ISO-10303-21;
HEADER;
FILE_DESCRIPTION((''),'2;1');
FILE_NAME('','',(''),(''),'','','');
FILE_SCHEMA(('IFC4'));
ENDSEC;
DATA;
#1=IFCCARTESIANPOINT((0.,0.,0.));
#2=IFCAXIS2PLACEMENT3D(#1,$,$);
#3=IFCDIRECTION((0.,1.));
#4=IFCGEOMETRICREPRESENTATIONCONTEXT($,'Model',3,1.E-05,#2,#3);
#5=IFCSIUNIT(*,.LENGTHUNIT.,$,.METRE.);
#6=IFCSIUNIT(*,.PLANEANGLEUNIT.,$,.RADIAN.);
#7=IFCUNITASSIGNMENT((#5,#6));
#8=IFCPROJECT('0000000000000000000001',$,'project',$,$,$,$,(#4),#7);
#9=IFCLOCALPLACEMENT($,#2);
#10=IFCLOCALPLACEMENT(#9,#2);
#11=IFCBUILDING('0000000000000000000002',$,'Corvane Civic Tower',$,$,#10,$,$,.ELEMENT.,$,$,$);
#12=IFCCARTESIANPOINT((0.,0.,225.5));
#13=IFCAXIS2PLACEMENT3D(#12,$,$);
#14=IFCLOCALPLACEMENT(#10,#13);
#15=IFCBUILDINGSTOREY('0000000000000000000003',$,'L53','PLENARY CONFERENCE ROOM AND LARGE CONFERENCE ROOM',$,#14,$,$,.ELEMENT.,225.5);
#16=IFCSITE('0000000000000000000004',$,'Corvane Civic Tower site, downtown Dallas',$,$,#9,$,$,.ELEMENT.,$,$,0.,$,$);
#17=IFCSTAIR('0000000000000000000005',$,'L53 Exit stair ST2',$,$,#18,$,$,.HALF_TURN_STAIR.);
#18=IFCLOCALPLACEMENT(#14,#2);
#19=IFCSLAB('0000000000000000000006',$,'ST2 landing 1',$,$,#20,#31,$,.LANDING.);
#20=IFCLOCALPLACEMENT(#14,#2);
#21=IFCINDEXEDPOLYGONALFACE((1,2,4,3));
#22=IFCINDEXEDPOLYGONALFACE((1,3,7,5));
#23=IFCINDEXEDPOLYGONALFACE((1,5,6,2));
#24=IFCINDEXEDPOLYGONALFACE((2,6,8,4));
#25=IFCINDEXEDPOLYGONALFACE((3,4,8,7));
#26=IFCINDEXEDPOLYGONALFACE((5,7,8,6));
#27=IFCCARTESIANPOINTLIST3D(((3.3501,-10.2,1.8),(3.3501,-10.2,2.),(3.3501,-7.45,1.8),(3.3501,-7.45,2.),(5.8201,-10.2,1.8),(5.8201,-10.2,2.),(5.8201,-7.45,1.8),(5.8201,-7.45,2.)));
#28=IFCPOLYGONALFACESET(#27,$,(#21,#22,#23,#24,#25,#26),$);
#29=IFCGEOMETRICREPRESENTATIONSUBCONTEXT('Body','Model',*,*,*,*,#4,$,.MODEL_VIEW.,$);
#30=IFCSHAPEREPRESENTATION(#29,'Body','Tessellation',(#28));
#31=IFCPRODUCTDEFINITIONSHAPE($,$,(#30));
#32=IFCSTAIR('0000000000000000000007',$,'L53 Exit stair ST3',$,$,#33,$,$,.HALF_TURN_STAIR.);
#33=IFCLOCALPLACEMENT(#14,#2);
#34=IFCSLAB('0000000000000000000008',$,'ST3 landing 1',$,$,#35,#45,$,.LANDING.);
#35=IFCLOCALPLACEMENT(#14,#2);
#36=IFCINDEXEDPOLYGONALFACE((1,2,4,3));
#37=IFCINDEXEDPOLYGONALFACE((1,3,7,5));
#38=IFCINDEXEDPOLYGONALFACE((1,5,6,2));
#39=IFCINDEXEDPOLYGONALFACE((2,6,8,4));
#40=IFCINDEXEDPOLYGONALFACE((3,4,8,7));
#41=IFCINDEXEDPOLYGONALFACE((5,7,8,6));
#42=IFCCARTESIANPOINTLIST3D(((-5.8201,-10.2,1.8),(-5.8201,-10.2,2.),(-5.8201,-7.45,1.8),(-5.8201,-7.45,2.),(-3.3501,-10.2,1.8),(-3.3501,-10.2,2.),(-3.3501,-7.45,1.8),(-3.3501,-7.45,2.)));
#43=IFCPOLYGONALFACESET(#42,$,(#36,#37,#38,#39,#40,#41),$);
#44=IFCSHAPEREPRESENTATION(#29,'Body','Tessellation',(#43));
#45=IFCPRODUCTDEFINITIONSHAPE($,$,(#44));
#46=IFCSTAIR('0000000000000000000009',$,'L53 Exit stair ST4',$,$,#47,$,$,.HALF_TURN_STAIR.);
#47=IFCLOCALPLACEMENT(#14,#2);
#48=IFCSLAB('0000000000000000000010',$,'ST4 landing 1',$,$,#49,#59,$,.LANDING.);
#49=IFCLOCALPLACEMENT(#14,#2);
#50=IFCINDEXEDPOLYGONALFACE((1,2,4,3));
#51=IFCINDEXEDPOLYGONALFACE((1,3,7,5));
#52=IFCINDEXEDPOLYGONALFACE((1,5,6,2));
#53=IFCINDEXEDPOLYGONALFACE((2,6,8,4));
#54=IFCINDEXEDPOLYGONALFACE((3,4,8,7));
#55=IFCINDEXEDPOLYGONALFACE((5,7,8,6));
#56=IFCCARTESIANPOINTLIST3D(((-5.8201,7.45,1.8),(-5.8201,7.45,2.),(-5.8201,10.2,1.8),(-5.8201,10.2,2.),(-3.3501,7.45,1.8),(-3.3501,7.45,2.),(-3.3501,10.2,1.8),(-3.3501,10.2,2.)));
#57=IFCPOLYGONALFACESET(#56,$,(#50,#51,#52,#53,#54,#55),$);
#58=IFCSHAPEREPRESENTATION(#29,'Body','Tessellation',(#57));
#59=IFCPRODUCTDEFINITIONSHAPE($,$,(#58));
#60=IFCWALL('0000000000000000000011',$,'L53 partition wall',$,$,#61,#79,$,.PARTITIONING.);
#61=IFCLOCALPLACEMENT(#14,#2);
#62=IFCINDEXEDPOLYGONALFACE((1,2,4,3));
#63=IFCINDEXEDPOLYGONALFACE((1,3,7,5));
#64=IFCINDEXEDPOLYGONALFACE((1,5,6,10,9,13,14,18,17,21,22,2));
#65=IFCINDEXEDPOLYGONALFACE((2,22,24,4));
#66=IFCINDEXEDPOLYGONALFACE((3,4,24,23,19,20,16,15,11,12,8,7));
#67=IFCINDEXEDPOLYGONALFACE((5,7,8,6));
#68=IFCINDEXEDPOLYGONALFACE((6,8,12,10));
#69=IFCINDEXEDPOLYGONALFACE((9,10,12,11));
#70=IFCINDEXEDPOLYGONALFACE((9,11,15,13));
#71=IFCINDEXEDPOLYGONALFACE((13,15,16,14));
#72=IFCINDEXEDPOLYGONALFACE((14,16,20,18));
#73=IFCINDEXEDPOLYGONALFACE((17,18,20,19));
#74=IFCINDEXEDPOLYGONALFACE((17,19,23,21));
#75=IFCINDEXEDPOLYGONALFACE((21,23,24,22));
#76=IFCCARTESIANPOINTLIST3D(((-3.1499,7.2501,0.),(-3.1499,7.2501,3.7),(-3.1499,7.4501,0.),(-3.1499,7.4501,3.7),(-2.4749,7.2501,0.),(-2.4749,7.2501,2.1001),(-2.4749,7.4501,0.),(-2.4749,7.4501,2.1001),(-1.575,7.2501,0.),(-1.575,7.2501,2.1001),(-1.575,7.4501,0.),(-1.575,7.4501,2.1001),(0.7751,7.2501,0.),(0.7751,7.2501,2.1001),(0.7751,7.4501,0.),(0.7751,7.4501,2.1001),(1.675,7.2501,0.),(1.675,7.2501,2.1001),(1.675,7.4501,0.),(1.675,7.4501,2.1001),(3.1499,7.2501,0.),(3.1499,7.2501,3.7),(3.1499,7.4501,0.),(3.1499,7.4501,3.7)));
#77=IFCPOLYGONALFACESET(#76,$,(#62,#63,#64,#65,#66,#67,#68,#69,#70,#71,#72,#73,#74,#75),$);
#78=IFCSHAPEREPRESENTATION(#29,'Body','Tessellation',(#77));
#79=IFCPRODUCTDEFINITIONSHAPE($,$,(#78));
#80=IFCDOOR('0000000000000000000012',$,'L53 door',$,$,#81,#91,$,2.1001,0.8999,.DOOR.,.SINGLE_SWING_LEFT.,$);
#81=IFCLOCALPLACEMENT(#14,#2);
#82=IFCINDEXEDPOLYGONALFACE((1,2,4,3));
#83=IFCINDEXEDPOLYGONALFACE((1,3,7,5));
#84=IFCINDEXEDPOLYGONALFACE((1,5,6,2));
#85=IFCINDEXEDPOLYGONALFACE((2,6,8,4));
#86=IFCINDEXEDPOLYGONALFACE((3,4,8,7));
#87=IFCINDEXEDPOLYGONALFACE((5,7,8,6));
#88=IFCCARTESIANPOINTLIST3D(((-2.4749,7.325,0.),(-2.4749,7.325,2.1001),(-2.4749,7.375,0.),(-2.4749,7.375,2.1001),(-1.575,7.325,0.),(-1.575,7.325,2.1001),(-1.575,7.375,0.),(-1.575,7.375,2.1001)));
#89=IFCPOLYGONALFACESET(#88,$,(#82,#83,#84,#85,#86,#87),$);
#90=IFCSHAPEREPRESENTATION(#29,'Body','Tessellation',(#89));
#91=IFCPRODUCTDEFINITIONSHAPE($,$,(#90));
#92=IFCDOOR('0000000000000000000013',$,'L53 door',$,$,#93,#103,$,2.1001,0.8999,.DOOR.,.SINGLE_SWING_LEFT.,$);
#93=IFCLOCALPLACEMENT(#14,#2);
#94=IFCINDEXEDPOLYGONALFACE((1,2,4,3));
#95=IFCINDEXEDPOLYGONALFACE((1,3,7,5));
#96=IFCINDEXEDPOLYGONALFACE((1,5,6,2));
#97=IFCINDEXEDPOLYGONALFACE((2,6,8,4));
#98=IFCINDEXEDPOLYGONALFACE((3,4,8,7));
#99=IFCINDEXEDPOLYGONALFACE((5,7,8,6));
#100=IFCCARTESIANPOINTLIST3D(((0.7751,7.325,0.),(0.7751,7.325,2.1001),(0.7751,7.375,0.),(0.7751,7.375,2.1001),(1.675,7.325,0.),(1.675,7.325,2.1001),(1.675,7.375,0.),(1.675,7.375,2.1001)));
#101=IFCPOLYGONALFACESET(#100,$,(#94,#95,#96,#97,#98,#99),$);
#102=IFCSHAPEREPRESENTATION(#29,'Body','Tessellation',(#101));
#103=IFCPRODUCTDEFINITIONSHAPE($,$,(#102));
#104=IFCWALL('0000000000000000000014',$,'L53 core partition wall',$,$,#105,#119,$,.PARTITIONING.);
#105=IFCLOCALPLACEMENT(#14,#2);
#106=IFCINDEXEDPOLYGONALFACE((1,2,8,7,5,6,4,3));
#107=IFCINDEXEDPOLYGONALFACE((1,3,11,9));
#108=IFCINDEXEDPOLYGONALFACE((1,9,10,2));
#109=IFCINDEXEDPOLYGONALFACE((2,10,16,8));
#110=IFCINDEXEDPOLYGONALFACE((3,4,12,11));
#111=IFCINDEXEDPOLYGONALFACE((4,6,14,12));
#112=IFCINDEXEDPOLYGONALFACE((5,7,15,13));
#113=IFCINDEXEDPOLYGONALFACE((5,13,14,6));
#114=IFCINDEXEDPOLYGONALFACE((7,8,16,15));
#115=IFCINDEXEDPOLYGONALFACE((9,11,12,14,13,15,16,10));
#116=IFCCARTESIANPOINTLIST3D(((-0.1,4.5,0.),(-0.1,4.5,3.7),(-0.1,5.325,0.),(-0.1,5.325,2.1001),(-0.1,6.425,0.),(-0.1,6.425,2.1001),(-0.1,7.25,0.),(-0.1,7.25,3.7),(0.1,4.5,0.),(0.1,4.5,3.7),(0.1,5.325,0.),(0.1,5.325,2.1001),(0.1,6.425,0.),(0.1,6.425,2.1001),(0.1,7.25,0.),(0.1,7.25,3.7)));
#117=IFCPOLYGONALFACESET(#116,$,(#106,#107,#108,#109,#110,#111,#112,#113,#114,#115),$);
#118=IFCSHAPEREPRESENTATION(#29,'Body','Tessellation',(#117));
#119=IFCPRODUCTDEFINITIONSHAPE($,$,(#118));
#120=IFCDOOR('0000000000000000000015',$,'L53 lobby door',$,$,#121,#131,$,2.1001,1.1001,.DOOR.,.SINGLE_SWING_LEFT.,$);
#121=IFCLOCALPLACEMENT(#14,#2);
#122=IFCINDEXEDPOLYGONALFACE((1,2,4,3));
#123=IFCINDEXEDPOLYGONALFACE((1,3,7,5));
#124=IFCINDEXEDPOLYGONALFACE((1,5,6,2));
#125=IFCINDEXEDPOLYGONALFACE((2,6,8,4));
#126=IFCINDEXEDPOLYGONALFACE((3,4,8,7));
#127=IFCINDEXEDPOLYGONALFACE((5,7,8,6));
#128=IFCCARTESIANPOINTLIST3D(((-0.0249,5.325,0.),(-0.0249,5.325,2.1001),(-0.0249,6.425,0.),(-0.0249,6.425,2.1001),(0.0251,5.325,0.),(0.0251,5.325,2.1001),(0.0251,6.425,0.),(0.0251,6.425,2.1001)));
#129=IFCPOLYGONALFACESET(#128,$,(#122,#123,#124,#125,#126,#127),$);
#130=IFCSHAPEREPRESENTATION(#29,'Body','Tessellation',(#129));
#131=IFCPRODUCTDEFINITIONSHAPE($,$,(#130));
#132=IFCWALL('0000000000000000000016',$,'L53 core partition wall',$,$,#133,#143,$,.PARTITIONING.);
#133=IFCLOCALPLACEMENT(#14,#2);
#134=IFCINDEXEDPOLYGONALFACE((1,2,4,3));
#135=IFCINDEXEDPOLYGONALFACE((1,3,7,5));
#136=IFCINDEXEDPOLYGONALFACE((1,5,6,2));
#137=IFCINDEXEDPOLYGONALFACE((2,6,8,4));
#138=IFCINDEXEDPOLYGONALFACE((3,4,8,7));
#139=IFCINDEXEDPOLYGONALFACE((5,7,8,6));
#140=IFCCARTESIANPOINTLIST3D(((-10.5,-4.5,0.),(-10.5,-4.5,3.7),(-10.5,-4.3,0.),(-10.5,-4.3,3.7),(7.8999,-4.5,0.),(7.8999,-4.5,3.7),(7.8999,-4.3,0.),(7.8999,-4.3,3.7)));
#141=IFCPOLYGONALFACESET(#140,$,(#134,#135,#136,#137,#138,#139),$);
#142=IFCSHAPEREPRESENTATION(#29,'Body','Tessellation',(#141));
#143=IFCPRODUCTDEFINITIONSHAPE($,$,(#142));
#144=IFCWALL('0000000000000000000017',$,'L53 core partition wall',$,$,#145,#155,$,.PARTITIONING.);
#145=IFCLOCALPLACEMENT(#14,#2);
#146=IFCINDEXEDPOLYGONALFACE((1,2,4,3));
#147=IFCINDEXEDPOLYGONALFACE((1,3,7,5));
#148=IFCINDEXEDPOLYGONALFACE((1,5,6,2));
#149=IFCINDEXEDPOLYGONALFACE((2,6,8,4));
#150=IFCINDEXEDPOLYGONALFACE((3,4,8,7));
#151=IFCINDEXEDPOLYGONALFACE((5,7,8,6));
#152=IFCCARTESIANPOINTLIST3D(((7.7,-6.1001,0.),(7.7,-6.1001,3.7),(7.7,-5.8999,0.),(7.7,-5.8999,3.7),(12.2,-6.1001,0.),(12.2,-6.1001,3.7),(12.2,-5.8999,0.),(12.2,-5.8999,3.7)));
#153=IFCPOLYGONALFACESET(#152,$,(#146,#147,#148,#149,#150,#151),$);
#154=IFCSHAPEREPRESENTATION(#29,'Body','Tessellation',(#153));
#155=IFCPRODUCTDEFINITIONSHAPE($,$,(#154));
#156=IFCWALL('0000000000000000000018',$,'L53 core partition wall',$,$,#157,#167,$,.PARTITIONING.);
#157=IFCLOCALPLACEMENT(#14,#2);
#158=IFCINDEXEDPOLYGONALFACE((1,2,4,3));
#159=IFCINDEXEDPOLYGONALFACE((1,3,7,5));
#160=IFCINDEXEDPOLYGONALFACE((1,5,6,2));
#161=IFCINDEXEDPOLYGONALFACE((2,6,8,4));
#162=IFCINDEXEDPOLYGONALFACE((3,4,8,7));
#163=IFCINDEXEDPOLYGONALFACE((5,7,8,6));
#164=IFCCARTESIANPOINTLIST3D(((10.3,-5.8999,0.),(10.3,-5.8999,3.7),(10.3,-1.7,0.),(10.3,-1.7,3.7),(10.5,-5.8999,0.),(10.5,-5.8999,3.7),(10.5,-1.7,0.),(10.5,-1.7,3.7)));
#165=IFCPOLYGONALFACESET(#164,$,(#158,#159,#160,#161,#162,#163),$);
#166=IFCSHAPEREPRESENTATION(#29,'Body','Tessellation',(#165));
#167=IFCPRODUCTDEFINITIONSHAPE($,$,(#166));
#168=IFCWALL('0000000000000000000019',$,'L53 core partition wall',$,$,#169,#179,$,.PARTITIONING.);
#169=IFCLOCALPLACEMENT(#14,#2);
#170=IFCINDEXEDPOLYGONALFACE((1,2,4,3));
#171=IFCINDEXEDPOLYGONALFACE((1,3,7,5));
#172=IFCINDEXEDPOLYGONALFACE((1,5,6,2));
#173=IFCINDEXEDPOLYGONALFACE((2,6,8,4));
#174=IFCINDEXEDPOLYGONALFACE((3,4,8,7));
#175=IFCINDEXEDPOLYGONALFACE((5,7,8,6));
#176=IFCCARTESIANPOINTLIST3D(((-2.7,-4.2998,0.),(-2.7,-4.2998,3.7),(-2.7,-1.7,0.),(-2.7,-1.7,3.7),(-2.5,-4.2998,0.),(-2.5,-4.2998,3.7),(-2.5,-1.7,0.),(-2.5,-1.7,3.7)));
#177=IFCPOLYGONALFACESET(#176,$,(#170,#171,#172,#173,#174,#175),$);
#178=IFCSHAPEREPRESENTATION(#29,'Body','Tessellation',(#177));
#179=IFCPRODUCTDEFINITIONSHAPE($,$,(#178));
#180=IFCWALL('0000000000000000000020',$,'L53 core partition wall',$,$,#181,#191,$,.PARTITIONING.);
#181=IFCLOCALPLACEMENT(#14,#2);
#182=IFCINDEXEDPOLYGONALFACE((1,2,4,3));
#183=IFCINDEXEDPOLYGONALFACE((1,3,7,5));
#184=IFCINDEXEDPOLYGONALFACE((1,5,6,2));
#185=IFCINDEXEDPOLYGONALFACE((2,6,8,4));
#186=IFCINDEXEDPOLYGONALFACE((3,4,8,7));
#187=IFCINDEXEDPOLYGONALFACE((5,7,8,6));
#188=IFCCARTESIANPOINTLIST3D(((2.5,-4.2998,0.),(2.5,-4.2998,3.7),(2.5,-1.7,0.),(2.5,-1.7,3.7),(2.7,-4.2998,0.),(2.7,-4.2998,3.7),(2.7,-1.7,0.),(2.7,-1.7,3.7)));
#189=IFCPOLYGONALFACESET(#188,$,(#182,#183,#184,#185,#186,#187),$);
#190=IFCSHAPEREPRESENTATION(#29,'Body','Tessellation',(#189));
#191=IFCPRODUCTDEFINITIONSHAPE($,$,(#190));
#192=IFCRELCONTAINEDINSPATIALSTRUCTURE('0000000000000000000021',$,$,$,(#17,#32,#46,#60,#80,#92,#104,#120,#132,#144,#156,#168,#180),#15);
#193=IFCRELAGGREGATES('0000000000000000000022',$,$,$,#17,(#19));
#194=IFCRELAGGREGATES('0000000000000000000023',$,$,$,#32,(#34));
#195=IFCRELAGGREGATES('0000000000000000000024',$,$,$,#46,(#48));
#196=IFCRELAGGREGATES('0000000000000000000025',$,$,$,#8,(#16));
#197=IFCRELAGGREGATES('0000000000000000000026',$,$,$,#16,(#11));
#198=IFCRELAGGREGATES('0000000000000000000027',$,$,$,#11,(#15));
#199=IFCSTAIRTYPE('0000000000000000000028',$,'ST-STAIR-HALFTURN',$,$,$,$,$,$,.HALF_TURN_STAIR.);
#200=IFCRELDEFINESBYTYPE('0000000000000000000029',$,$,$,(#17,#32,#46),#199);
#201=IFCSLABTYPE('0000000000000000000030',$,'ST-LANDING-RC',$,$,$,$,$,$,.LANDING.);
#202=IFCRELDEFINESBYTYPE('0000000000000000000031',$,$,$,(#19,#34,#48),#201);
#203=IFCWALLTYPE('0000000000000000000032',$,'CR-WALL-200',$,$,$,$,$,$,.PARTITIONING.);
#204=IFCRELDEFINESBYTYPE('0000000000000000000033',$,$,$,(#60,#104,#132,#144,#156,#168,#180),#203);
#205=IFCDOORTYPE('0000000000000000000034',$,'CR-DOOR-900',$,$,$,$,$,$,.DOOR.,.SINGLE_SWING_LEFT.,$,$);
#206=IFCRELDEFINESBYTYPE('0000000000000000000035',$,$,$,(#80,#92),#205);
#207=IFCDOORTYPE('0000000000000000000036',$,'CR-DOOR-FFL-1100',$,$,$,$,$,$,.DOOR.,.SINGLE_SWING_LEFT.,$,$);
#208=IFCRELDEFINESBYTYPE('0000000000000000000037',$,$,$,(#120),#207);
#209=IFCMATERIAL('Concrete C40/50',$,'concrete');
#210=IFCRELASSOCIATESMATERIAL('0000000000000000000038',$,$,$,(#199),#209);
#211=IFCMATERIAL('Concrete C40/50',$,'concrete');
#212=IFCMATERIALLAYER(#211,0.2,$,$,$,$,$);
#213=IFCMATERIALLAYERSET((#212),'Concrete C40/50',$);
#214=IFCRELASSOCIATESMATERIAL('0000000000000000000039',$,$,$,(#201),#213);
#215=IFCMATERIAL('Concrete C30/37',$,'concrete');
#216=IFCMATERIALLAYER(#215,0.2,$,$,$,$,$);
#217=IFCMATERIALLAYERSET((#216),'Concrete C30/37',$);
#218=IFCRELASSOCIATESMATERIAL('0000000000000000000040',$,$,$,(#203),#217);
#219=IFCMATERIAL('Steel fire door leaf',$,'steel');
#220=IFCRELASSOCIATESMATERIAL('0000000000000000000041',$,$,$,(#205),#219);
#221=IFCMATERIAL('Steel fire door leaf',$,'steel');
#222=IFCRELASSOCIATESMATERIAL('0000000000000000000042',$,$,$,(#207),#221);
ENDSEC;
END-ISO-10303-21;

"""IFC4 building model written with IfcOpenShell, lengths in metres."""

from ifc_helpers import new_model, si_unit, direction, frame, frame_2d, origin, place, context, subcontext, project, spatial, polyline, rectangle, outline, extrude, material, layer, layer_set, type_object, element, fill, aggregate, save


model = new_model("IFC4")

# Units and contexts
model_context = context("Model", 3, precision=1e-05, world=origin(), true_north=direction((0.0, 1.0)))
body_context = subcontext(model_context, "Body", "Model", "MODEL_VIEW")
ifc_project = project(units=[si_unit("LENGTHUNIT", "METRE"), si_unit("PLANEANGLEUNIT", "RADIAN")], contexts=[model_context])

# Site, building, storey
site_placement = place(None, origin())
site = spatial("IfcSite", under=ifc_project, at=site_placement, Name="Corvane Civic Tower site, downtown Dallas", CompositionType="ELEMENT", RefElevation=0.0)
building_placement = place(site_placement, origin())
building = spatial("IfcBuilding", under=site, at=building_placement, Name="Corvane Civic Tower", CompositionType="ELEMENT")
storey_placement = place(building_placement, frame((0.0, 0.0, 225.5)))
storey = spatial("IfcBuildingStorey", under=building, at=storey_placement, Name="L53", Description="PLENARY CONFERENCE ROOM AND LARGE CONFERENCE ROOM", CompositionType="ELEMENT", Elevation=225.5)

# Stairs, slabs
ifc_material_1 = material(Name="Concrete C40/50", Category="concrete")
stair_type = type_object("IfcStairType", Name="ST-STAIR-HALFTURN", PredefinedType="HALF_TURN_STAIR", material=ifc_material_1)
ifc_material_2 = material(Name="Concrete C40/50", Category="concrete")
ifc_layer_1 = layer(ifc_material_2, 0.2)
ifc_layer_set_1 = layer_set([ifc_layer_1], Name="Concrete C40/50")
slab_type_1 = type_object("IfcSlabType", Name="ST-LANDING-RC", PredefinedType="LANDING", material=ifc_layer_set_1)
stair_1_placement = place(storey_placement, origin())
stair_1 = element("IfcStair", 1, at=stair_1_placement, inside=storey, type_object=stair_type, Name="L53 Exit stair ST2", PredefinedType="HALF_TURN_STAIR")
slab_1_placement = place(storey_placement, frame((0.0, 0.0, 1.8)))
slab_1 = element("IfcSlab", 2, at=slab_1_placement, type_object=slab_type_1, Name="ST2 landing 1", PredefinedType="LANDING", context=body_context, shape_type="SweptSolid", body=[
    extrude(outline(polyline([(5.8201, -7.45), (3.3501, -7.45), (3.3501, -10.2), (5.8201, -10.2), (5.8201, -7.45)])), origin(), (0.0, 0.0, 1.0), 0.2),
])
aggregate(stair_1, [slab_1])
stair_2_placement = place(storey_placement, origin())
stair_2 = element("IfcStair", 3, at=stair_2_placement, inside=storey, type_object=stair_type, Name="L53 Exit stair ST3", PredefinedType="HALF_TURN_STAIR")
slab_2_placement = place(storey_placement, frame((0.0, 0.0, 1.8)))
slab_2 = element("IfcSlab", 4, at=slab_2_placement, type_object=slab_type_1, Name="ST3 landing 1", PredefinedType="LANDING", context=body_context, shape_type="SweptSolid", body=[
    extrude(outline(polyline([(-5.8201, -10.2), (-3.3501, -10.2), (-3.3501, -7.45), (-5.8201, -7.45), (-5.8201, -10.2)])), origin(), (0.0, 0.0, 1.0), 0.2),
])
aggregate(stair_2, [slab_2])
stair_3_placement = place(storey_placement, origin())
stair_3 = element("IfcStair", 5, at=stair_3_placement, inside=storey, type_object=stair_type, Name="L53 Exit stair ST4", PredefinedType="HALF_TURN_STAIR")
slab_3_placement = place(storey_placement, frame((0.0, 0.0, 1.8)))
slab_3 = element("IfcSlab", 6, at=slab_3_placement, type_object=slab_type_1, Name="ST4 landing 1", PredefinedType="LANDING", context=body_context, shape_type="SweptSolid", body=[
    extrude(outline(polyline([(-5.8201, 7.45), (-3.3501, 7.45), (-3.3501, 10.2), (-5.8201, 10.2), (-5.8201, 7.45)])), origin(), (0.0, 0.0, 1.0), 0.2),
])
aggregate(stair_3, [slab_3])

# Wall, openings, doors
ifc_material_3 = material(Name="Concrete C30/37", Category="concrete")
ifc_layer_2 = layer(ifc_material_3, 0.2)
ifc_layer_set_2 = layer_set([ifc_layer_2], Name="Concrete C30/37")
wall_type_1 = type_object("IfcWallType", Name="CR-WALL-200", PredefinedType="PARTITIONING", material=ifc_layer_set_2)
wall_1_placement = place(storey_placement, frame((-3.1499, 7.3501, 0.0), z_axis=(0.0, 0.0, 1.0), x_axis=(1.0, 0.0, 0.0)))
wall_1 = element("IfcWall", 7, at=wall_1_placement, inside=storey, type_object=wall_type_1, Name="L53 partition wall", PredefinedType="PARTITIONING", context=body_context, shape_type="SweptSolid", body=[
    extrude(rectangle(XDim=6.2998, YDim=0.2, at=frame_2d((3.1499, 0.0))), origin(), (0.0, 0.0, 1.0), 3.7),
])
opening_1_placement = place(wall_1_placement, frame((0.675, 0.0, 0.0)))
opening_1 = element("IfcOpeningElement", 8, at=opening_1_placement, cuts=wall_1, PredefinedType="OPENING", context=body_context, shape_type="SweptSolid", body=[
    extrude(rectangle(XDim=0.8999, YDim=2.1001, at=frame_2d((0.45, 1.05))), frame((0.0, 0.1099, 0.0), z_axis=(0.0, -1.0, 0.0), x_axis=(1.0, 0.0, 0.0)), (0.0, 0.0, 1.0), 0.22),
])
opening_2_placement = place(wall_1_placement, frame((3.925, 0.0, 0.0)))
opening_2 = element("IfcOpeningElement", 9, at=opening_2_placement, cuts=wall_1, PredefinedType="OPENING", context=body_context, shape_type="SweptSolid", body=[
    extrude(rectangle(XDim=0.8999, YDim=2.1001, at=frame_2d((0.45, 1.05))), frame((0.0, 0.1099, 0.0), z_axis=(0.0, -1.0, 0.0), x_axis=(1.0, 0.0, 0.0)), (0.0, 0.0, 1.0), 0.22),
])
ifc_material_4 = material(Name="Steel fire door leaf", Category="steel")
door_type_1 = type_object("IfcDoorType", Name="CR-DOOR-900", OperationType="SINGLE_SWING_LEFT", PredefinedType="DOOR", material=ifc_material_4)
door_1_placement = place(opening_1_placement, origin())
door_1 = element("IfcDoor", 10, at=door_1_placement, inside=storey, type_object=door_type_1, Name="L53 door", OperationType="SINGLE_SWING_LEFT", OverallHeight=2.1001, OverallWidth=0.8999, PredefinedType="DOOR", context=body_context, shape_type="SweptSolid", body=[
    extrude(rectangle(XDim=0.8999, YDim=2.1001, at=frame_2d((0.45, 1.05))), frame((0.0, 0.0249, 0.0), z_axis=(0.0, -1.0, 0.0), x_axis=(1.0, 0.0, 0.0)), (0.0, 0.0, 1.0), 0.05),
])
fill(opening_1, door_1)
door_2_placement = place(opening_2_placement, origin())
door_2 = element("IfcDoor", 11, at=door_2_placement, inside=storey, type_object=door_type_1, Name="L53 door", OperationType="SINGLE_SWING_LEFT", OverallHeight=2.1001, OverallWidth=0.8999, PredefinedType="DOOR", context=body_context, shape_type="SweptSolid", body=[
    extrude(rectangle(XDim=0.8999, YDim=2.1001, at=frame_2d((0.45, 1.05))), frame((0.0, 0.0249, 0.0), z_axis=(0.0, -1.0, 0.0), x_axis=(1.0, 0.0, 0.0)), (0.0, 0.0, 1.0), 0.05),
])
fill(opening_2, door_2)

# Wall, opening, door
wall_2_placement = place(storey_placement, frame((0.0, 4.5, 0.0), z_axis=(0.0, 0.0, 1.0), x_axis=(0.0, 1.0, 0.0)))
wall_2 = element("IfcWall", 12, at=wall_2_placement, inside=storey, type_object=wall_type_1, Name="L53 core partition wall", PredefinedType="PARTITIONING", context=body_context, shape_type="SweptSolid", body=[
    extrude(rectangle(XDim=2.75, YDim=0.2, at=frame_2d((1.375, 0.0))), origin(), (0.0, 0.0, 1.0), 3.7),
])
opening_3_placement = place(wall_2_placement, frame((0.825, 0.0, 0.0)))
opening_3 = element("IfcOpeningElement", 13, at=opening_3_placement, cuts=wall_2, PredefinedType="OPENING", context=body_context, shape_type="SweptSolid", body=[
    extrude(rectangle(XDim=1.1001, YDim=2.1001, at=frame_2d((0.55, 1.05))), frame((0.0, 0.1099, 0.0), z_axis=(0.0, -1.0, 0.0), x_axis=(1.0, 0.0, 0.0)), (0.0, 0.0, 1.0), 0.22),
])
ifc_material_5 = material(Name="Steel fire door leaf", Category="steel")
door_type_2 = type_object("IfcDoorType", Name="CR-DOOR-FFL-1100", OperationType="SINGLE_SWING_LEFT", PredefinedType="DOOR", material=ifc_material_5)
door_3_placement = place(opening_3_placement, origin())
door_3 = element("IfcDoor", 14, at=door_3_placement, inside=storey, type_object=door_type_2, Name="L53 lobby door", OperationType="SINGLE_SWING_LEFT", OverallHeight=2.1001, OverallWidth=1.1001, PredefinedType="DOOR", context=body_context, shape_type="SweptSolid", body=[
    extrude(rectangle(XDim=1.1001, YDim=2.1001, at=frame_2d((0.55, 1.05))), frame((0.0, 0.0249, 0.0), z_axis=(0.0, -1.0, 0.0), x_axis=(1.0, 0.0, 0.0)), (0.0, 0.0, 1.0), 0.05),
])
fill(opening_3, door_3)

# Walls
wall_3_placement = place(storey_placement, origin())
element("IfcWall", 15, at=wall_3_placement, inside=storey, type_object=wall_type_1, Name="L53 core partition wall", PredefinedType="PARTITIONING", context=body_context, shape_type="SweptSolid", body=[
    extrude(outline(polyline([(7.8999, -4.3), (7.8999, -4.5), (-10.5, -4.5), (-10.5, -4.3), (7.8999, -4.3)])), origin(), (0.0, 0.0, 1.0), 3.7),
])
wall_4_placement = place(storey_placement, origin())
element("IfcWall", 16, at=wall_4_placement, inside=storey, type_object=wall_type_1, Name="L53 core partition wall", PredefinedType="PARTITIONING", context=body_context, shape_type="SweptSolid", body=[
    extrude(outline(polyline([(12.2, -6.1001), (7.7, -6.1001), (7.7, -5.8999), (12.2, -5.8999), (12.2, -6.1001)])), origin(), (0.0, 0.0, 1.0), 3.7),
])
wall_5_placement = place(storey_placement, origin())
element("IfcWall", 17, at=wall_5_placement, inside=storey, type_object=wall_type_1, Name="L53 core partition wall", PredefinedType="PARTITIONING", context=body_context, shape_type="SweptSolid", body=[
    extrude(outline(polyline([(10.5, -1.7), (10.5, -5.8999), (10.3, -5.8999), (10.3, -1.7), (10.5, -1.7)])), origin(), (0.0, 0.0, 1.0), 3.7),
])
wall_6_placement = place(storey_placement, origin())
element("IfcWall", 18, at=wall_6_placement, inside=storey, type_object=wall_type_1, Name="L53 core partition wall", PredefinedType="PARTITIONING", context=body_context, shape_type="SweptSolid", body=[
    extrude(outline(polyline([(-2.5, -1.7), (-2.5, -4.2998), (-2.7, -4.2998), (-2.7, -1.7), (-2.5, -1.7)])), origin(), (0.0, 0.0, 1.0), 3.7),
])
wall_7_placement = place(storey_placement, origin())
element("IfcWall", 19, at=wall_7_placement, inside=storey, type_object=wall_type_1, Name="L53 core partition wall", PredefinedType="PARTITIONING", context=body_context, shape_type="SweptSolid", body=[
    extrude(outline(polyline([(2.7, -1.7), (2.7, -4.2998), (2.5, -4.2998), (2.5, -1.7), (2.7, -1.7)])), origin(), (0.0, 0.0, 1.0), 3.7),
])

save(model, "model.ifc")
